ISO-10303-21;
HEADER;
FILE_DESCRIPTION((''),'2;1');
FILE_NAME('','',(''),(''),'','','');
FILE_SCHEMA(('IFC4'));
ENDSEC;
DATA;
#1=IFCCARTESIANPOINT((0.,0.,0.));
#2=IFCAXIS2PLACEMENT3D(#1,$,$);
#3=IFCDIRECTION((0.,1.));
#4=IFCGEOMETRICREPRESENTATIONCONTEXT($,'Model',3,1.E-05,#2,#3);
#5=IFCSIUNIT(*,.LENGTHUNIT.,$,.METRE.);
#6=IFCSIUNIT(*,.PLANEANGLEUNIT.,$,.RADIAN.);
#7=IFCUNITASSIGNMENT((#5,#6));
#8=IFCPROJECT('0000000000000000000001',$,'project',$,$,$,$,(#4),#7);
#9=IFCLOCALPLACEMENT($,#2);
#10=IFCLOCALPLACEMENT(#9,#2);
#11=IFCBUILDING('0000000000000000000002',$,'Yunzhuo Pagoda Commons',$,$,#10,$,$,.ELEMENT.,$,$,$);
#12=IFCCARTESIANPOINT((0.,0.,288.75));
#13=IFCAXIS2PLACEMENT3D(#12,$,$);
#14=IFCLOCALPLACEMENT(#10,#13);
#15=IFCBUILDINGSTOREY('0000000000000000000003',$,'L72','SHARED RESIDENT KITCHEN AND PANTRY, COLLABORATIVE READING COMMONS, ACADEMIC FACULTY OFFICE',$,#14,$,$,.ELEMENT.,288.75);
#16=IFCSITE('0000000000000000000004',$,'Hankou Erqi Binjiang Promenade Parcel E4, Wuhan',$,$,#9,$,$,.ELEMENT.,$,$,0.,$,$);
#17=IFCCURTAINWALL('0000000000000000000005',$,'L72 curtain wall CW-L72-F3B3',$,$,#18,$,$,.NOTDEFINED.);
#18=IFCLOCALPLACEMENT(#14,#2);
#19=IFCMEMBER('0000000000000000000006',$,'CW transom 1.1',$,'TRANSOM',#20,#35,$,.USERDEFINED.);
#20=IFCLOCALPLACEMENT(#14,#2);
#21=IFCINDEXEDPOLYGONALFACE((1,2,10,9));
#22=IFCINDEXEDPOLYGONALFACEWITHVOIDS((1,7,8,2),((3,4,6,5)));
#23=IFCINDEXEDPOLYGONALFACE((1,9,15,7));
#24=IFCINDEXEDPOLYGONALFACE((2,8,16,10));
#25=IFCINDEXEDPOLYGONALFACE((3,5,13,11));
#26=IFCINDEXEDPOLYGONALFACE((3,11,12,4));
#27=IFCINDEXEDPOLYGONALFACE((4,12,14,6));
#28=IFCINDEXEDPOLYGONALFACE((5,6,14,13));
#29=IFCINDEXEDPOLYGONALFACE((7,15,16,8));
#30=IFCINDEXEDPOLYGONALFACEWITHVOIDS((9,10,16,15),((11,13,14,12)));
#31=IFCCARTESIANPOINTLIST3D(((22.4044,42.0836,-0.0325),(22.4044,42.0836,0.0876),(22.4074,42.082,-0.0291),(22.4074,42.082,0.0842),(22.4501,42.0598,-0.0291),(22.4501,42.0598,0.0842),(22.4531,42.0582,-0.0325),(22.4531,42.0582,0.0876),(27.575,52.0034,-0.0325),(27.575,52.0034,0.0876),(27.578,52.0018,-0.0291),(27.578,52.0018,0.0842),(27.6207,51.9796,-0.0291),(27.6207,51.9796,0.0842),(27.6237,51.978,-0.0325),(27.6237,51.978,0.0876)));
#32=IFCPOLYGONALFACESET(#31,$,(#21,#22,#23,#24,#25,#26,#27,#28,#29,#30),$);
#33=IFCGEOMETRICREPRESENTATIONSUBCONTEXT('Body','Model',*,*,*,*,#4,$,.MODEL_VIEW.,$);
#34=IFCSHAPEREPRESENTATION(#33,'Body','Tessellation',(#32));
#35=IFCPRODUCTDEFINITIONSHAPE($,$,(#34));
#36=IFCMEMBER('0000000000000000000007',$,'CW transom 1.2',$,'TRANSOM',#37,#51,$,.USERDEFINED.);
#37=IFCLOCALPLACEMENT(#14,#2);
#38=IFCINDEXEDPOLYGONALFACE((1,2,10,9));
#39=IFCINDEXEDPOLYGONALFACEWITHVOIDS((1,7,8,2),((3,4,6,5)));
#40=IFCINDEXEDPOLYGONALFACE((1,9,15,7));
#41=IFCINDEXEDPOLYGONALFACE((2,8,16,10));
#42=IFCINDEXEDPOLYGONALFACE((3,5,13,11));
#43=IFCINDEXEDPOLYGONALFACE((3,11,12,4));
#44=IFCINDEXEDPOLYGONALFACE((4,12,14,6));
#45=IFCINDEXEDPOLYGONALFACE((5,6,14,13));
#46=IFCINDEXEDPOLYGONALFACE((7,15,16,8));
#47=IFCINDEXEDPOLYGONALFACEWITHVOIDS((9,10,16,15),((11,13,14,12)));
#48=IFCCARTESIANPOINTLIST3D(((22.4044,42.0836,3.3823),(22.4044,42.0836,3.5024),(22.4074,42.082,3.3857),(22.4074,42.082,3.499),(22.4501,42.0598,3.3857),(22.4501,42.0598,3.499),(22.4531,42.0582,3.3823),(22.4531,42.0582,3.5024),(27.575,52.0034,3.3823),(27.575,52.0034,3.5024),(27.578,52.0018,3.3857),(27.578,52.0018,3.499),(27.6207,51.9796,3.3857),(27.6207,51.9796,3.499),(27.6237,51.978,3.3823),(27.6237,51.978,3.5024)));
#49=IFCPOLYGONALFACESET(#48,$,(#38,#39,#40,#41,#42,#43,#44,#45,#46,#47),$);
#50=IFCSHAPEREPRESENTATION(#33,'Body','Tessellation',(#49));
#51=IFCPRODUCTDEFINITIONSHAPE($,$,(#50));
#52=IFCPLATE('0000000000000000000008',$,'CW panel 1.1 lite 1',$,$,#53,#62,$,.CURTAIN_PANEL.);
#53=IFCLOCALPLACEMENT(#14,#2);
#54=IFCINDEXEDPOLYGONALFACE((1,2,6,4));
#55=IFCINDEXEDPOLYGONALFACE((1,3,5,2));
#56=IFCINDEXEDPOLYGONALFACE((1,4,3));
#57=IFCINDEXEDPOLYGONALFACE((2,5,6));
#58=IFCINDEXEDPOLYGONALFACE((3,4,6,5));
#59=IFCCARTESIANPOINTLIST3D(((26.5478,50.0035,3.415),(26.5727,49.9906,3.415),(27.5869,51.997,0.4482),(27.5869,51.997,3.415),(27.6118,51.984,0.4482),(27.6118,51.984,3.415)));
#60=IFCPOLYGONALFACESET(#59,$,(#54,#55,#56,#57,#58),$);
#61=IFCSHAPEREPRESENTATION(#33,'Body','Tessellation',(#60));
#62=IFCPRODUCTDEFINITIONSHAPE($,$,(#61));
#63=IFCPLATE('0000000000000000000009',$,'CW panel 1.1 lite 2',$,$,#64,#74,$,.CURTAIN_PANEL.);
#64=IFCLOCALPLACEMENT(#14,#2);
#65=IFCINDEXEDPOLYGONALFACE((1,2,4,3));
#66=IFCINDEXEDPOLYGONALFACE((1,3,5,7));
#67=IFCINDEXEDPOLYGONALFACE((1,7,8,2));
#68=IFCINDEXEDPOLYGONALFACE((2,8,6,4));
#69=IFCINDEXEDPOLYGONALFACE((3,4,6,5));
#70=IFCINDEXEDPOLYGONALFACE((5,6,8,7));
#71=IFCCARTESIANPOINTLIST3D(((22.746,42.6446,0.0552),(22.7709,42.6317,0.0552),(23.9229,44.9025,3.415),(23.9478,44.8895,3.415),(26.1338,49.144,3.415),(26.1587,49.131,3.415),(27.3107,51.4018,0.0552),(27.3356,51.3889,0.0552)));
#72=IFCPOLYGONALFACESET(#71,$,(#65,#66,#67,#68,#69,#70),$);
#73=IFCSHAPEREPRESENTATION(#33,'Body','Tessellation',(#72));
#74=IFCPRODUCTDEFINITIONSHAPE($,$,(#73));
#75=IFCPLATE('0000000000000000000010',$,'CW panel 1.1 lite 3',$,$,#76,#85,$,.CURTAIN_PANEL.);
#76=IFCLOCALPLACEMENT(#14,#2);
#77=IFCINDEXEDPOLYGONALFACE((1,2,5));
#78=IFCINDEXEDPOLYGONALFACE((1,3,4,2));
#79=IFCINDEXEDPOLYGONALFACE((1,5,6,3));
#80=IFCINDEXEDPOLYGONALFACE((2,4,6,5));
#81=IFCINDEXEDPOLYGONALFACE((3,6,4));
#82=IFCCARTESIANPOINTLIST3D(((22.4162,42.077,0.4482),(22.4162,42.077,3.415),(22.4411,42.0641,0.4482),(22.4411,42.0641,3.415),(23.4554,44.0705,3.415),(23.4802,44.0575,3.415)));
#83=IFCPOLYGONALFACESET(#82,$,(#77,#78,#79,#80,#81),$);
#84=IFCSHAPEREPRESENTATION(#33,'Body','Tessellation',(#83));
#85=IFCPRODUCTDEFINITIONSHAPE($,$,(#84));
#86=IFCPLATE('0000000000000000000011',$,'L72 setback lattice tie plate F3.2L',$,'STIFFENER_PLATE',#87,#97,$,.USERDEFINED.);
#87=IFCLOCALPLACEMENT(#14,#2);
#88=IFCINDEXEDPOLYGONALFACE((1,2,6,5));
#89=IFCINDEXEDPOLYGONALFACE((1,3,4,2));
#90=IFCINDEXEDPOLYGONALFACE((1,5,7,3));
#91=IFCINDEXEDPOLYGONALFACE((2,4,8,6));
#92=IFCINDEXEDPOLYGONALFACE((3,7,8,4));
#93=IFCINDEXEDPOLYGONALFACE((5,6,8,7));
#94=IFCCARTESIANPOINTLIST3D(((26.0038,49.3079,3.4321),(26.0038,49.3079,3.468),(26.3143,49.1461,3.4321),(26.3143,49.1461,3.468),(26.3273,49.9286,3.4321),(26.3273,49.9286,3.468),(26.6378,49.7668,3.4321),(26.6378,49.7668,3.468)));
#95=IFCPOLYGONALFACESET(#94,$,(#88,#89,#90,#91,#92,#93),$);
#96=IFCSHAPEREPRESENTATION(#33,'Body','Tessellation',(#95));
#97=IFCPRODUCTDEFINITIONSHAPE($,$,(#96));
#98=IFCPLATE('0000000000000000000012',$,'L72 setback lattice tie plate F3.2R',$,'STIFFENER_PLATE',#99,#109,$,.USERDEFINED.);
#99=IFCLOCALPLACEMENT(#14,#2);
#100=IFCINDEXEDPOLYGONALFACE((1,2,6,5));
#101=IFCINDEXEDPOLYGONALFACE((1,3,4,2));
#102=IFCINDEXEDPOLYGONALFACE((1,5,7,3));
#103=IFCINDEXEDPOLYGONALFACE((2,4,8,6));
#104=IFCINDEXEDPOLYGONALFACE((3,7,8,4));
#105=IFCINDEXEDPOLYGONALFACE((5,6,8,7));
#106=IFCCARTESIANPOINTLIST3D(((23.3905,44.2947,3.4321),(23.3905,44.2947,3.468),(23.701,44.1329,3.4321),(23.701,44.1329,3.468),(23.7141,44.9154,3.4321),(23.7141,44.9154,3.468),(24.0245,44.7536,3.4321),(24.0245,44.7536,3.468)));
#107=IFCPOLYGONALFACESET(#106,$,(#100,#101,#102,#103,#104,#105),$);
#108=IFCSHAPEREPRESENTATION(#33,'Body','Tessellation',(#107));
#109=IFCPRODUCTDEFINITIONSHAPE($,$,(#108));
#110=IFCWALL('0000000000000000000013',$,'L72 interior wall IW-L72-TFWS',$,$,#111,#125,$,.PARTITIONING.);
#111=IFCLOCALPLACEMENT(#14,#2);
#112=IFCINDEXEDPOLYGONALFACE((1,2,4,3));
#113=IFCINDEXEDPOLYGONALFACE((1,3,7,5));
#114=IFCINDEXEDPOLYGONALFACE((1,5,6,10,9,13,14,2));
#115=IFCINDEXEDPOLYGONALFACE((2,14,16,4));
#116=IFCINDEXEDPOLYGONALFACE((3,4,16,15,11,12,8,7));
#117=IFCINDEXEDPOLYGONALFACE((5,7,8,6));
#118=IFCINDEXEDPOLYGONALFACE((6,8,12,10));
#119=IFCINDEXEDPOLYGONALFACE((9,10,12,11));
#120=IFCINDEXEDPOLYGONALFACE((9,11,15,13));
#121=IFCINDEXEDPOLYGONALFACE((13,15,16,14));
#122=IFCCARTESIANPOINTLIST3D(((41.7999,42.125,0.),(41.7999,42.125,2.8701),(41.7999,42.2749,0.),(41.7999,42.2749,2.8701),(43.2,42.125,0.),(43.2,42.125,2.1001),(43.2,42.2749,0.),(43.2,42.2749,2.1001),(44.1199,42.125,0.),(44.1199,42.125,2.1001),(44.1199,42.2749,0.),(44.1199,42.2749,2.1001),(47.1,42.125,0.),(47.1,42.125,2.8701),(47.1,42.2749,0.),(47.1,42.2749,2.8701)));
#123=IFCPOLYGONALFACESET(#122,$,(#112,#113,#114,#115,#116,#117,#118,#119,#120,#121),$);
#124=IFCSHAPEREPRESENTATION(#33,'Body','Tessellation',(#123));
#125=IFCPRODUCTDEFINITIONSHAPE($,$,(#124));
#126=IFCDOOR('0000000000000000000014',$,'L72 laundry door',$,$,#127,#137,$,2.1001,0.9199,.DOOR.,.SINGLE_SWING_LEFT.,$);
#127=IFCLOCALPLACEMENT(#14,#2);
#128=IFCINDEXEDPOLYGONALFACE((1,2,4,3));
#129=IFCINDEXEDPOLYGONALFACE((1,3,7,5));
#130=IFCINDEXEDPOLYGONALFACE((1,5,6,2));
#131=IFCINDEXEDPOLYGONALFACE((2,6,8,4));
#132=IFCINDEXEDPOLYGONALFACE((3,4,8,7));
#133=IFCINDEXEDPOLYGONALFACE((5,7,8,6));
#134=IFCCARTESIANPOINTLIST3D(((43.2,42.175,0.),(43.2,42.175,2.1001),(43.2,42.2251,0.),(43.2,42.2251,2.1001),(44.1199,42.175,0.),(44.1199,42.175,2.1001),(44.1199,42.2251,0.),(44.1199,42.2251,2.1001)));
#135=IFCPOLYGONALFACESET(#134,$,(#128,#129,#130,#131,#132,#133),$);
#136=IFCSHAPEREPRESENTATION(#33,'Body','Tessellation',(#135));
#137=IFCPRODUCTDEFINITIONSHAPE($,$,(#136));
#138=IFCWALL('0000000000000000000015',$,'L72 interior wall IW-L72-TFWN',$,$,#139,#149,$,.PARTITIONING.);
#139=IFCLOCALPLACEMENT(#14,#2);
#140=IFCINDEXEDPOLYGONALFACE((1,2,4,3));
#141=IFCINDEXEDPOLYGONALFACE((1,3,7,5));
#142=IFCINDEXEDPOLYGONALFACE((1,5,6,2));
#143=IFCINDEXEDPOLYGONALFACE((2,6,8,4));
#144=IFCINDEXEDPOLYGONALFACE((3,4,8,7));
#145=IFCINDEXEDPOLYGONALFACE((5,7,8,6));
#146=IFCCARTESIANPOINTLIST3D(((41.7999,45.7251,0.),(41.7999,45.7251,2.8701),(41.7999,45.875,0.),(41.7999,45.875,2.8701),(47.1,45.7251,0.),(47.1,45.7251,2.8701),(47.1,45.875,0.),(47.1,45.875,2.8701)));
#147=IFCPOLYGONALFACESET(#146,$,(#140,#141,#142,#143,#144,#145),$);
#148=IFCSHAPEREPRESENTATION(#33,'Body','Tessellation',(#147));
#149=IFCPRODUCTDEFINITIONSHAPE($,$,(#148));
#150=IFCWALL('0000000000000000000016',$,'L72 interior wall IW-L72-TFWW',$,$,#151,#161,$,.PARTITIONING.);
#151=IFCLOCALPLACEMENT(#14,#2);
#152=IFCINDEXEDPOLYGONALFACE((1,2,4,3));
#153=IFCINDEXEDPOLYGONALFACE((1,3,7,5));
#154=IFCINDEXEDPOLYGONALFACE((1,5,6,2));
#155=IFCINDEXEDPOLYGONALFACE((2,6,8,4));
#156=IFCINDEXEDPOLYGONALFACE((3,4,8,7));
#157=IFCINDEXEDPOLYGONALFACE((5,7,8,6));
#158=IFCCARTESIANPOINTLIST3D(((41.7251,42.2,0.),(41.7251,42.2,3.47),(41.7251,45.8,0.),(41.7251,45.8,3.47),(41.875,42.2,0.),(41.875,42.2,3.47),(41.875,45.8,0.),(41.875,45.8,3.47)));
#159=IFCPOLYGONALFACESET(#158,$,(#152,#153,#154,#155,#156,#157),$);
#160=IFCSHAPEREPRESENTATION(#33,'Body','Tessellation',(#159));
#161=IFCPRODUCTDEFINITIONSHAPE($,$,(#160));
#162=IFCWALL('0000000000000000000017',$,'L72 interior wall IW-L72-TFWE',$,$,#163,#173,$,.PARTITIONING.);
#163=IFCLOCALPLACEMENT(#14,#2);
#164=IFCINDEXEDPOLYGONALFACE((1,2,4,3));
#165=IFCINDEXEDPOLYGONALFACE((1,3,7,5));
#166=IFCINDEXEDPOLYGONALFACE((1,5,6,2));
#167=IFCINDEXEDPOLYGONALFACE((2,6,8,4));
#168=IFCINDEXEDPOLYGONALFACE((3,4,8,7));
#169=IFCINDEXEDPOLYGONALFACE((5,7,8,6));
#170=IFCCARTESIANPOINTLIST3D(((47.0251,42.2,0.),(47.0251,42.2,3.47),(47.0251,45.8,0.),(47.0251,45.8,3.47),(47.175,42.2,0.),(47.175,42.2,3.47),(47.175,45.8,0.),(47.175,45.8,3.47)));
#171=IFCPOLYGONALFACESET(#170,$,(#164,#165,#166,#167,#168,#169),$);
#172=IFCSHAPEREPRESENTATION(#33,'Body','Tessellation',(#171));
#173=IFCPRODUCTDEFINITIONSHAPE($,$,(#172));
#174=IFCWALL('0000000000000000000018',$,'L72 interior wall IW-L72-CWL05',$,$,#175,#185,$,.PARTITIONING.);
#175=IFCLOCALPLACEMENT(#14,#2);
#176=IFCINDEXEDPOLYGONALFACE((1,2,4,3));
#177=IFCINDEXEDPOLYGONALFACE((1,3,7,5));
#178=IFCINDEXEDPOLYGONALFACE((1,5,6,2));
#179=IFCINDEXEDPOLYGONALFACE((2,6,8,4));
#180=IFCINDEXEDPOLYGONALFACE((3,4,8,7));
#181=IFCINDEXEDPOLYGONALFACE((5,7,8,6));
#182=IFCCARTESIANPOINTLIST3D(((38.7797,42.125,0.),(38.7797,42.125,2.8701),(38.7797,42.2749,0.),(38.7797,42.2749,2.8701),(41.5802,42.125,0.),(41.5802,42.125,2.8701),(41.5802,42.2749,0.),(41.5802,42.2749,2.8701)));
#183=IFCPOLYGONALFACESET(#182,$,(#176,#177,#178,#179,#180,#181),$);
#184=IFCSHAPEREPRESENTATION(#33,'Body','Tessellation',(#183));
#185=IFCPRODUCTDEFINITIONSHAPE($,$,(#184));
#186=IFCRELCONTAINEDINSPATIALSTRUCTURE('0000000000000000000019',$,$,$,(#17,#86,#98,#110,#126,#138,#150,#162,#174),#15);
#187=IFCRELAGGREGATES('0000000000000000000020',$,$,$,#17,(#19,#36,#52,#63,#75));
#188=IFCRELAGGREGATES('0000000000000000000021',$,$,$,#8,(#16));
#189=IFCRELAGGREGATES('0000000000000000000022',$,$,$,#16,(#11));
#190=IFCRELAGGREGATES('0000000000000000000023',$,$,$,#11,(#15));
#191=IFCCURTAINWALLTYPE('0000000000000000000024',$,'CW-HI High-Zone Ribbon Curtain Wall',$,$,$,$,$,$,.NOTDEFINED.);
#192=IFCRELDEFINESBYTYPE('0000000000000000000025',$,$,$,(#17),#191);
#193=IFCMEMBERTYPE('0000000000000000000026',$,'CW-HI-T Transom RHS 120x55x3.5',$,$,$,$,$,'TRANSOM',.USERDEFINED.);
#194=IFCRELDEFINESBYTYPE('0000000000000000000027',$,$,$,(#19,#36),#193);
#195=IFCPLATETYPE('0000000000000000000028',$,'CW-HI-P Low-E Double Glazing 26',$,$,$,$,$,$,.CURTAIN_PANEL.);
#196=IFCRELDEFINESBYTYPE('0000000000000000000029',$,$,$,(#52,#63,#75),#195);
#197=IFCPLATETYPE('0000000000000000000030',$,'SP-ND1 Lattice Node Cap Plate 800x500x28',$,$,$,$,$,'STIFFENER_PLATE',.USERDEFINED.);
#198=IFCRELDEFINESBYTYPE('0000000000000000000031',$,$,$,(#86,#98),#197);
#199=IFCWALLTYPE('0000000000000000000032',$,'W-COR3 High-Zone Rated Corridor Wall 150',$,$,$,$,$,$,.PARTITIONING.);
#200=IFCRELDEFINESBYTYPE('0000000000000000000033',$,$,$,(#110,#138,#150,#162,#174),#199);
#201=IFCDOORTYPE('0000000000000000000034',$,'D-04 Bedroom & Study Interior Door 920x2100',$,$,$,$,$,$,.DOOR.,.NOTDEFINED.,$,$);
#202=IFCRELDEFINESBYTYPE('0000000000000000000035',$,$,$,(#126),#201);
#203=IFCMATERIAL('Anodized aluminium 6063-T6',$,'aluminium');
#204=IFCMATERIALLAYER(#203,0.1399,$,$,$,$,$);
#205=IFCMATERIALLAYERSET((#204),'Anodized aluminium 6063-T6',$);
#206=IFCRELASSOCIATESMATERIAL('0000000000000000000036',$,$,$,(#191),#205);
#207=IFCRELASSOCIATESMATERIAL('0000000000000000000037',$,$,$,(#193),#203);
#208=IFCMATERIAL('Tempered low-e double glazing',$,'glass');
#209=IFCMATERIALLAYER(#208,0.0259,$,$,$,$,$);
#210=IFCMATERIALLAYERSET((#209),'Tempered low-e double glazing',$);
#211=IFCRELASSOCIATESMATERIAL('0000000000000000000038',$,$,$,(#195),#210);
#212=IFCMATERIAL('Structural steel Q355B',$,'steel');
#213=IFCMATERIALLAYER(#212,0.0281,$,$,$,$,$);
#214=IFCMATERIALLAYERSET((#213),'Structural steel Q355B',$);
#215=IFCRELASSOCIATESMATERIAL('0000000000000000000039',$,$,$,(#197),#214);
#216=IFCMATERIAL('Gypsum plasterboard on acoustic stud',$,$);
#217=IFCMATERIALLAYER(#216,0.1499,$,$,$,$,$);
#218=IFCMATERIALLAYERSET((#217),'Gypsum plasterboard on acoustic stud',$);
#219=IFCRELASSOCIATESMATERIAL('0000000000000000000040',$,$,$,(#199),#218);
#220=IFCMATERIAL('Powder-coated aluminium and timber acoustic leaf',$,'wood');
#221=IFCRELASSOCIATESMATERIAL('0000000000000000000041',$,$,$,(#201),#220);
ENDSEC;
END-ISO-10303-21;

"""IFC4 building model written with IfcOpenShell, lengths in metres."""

from ifc_helpers import new_model, si_unit, direction, frame, frame_2d, origin, origin_2d, place, context, subcontext, project, spatial, polyline, rectangle, hollow_rectangle, outline, extrude, source, transform, mapped, material, layer, layer_set, material_profile, profile_set, type_object, element, fill, aggregate, save


model = new_model("IFC4")

# Units and contexts
model_context = context("Model", 3, precision=1e-05, world=origin(), true_north=direction((0.0, 1.0)))
body_context = subcontext(model_context, "Body", "Model", "MODEL_VIEW")
ifc_project = project(units=[si_unit("LENGTHUNIT", "METRE"), si_unit("PLANEANGLEUNIT", "RADIAN")], contexts=[model_context])

# Site, building, storey
site_placement = place(None, origin())
site = spatial("IfcSite", under=ifc_project, at=site_placement, Name="Hankou Erqi Binjiang Promenade Parcel E4, Wuhan", CompositionType="ELEMENT", RefElevation=0.0)
building_placement = place(site_placement, origin())
building = spatial("IfcBuilding", under=site, at=building_placement, Name="Yunzhuo Pagoda Commons", CompositionType="ELEMENT")
storey_placement = place(building_placement, frame((0.0, 0.0, 288.75)))
storey = spatial("IfcBuildingStorey", under=building, at=storey_placement, Name="L72", Description="SHARED RESIDENT KITCHEN AND PANTRY, COLLABORATIVE READING COMMONS, ACADEMIC FACULTY OFFICE", CompositionType="ELEMENT", Elevation=288.75)

# Shared definitions
ifc_material_1 = material(Name="Structural steel Q355B", Category="steel")

# Curtain wall, members, plates
ifc_material_2 = material(Name="Anodized aluminium 6063-T6", Category="aluminium")
ifc_layer_1 = layer(ifc_material_2, 0.1399)
ifc_layer_set_1 = layer_set([ifc_layer_1], Name="Anodized aluminium 6063-T6")
curtain_wall_type = type_object("IfcCurtainWallType", Name="CW-HI High-Zone Ribbon Curtain Wall", PredefinedType="NOTDEFINED", material=ifc_layer_set_1)
curtain_wall_placement = place(storey_placement, origin())
curtain_wall = element("IfcCurtainWall", 1, at=curtain_wall_placement, inside=storey, type_object=curtain_wall_type, Name="L72 curtain wall CW-L72-F3B3", PredefinedType="NOTDEFINED")
ifc_material_profile_1 = material_profile(ifc_material_2, hollow_rectangle(XDim=0.0549, YDim=0.1201, WallThickness=0.0034, at=origin_2d()), Name="Anodized aluminium 6063-T6")
ifc_profile_set_1 = profile_set([ifc_material_profile_1], Name="Anodized aluminium 6063-T6")
member_type_1 = type_object("IfcMemberType", Name="CW-HI-T Transom RHS 120x55x3.5", ElementType="TRANSOM", PredefinedType="USERDEFINED", material=ifc_profile_set_1)
shared_shape_1 = source(origin(), body_context, "Body", "SweptSolid", [
    extrude(hollow_rectangle(XDim=0.0549, YDim=0.1201, WallThickness=0.0034, at=origin_2d()), origin(), (0.0, 0.0, 1.0), 11.1865),
])
member_1_placement = place(storey_placement, frame((27.5994, 51.9907, 0.0276), z_axis=(-0.462218, -0.886767, 0.0), x_axis=(0.886767, -0.462218, 0.0)))
member_1 = element("IfcMember", 2, at=member_1_placement, type_object=member_type_1, Name="CW transom 1.1", ObjectType="TRANSOM", PredefinedType="USERDEFINED", context=body_context, shape_type="MappedRepresentation", body=[
    mapped(shared_shape_1, transform((0.0, 0.0, 0.0), scale=1.0)),
])
member_2_placement = place(storey_placement, frame((27.5994, 51.9907, 3.4424), z_axis=(-0.462218, -0.886767, 0.0), x_axis=(0.886767, -0.462218, 0.0)))
member_2 = element("IfcMember", 3, at=member_2_placement, type_object=member_type_1, Name="CW transom 1.2", ObjectType="TRANSOM", PredefinedType="USERDEFINED", context=body_context, shape_type="MappedRepresentation", body=[
    mapped(shared_shape_1, transform((0.0, 0.0, 0.0), scale=1.0)),
])
ifc_material_3 = material(Name="Tempered low-e double glazing", Category="glass")
ifc_layer_2 = layer(ifc_material_3, 0.0259)
ifc_layer_set_2 = layer_set([ifc_layer_2], Name="Tempered low-e double glazing")
plate_type_1 = type_object("IfcPlateType", Name="CW-HI-P Low-E Double Glazing 26", PredefinedType="CURTAIN_PANEL", material=ifc_layer_set_2)
plate_1_placement = place(storey_placement, frame((27.0923, 50.9873, 1.9316), z_axis=(-0.886761, 0.462228, 0.0), x_axis=(-0.462228, -0.886761, 0.0)))
plate_1 = element("IfcPlate", 4, at=plate_1_placement, type_object=plate_type_1, Name="CW panel 1.1 lite 1", PredefinedType="CURTAIN_PANEL", context=body_context, shape_type="SweptSolid", body=[
    extrude(outline(polyline([(-1.124, -1.4834), (1.124, 1.4834), (-1.124, 1.4834), (-1.124, -1.4834)])), origin(), (0.0, 0.0, 1.0), 0.0281),
])
plate_2_placement = place(storey_placement, frame((25.0532, 47.0103, 1.7351), z_axis=(-0.886761, 0.462228, 0.0), x_axis=(-0.462228, -0.886761, 0.0)))
plate_2 = element("IfcPlate", 5, at=plate_2_placement, type_object=plate_type_1, Name="CW panel 1.1 lite 2", PredefinedType="CURTAIN_PANEL", context=body_context, shape_type="SweptSolid", body=[
    extrude(outline(polyline([(-4.9377, -1.6799), (4.9377, -1.6799), (2.3916, 1.6799), (-2.3916, 1.6799), (-4.9377, -1.6799)])), origin(), (0.0, 0.0, 1.0), 0.0281),
])
plate_3_placement = place(storey_placement, frame((22.9607, 43.0608, 1.9316), z_axis=(-0.886761, 0.462228, 0.0), x_axis=(-0.462228, -0.886761, 0.0)))
plate_3 = element("IfcPlate", 6, at=plate_3_placement, type_object=plate_type_1, Name="CW panel 1.1 lite 3", PredefinedType="CURTAIN_PANEL", context=body_context, shape_type="SweptSolid", body=[
    extrude(outline(polyline([(-1.124, 1.4834), (1.124, -1.4834), (1.124, 1.4834), (-1.124, 1.4834)])), origin(), (0.0, 0.0, 1.0), 0.0281),
])
aggregate(curtain_wall, [member_1, member_2, plate_1, plate_2, plate_3])

# Plates
ifc_layer_3 = layer(ifc_material_1, 0.0281)
ifc_layer_set_3 = layer_set([ifc_layer_3], Name="Structural steel Q355B")
plate_type_2 = type_object("IfcPlateType", Name="SP-ND1 Lattice Node Cap Plate 800x500x28", ElementType="STIFFENER_PLATE", PredefinedType="USERDEFINED", material=ifc_layer_set_3)
shared_shape_2 = source(origin(), body_context, "Body", "SweptSolid", [
    extrude(rectangle(XDim=0.7, YDim=0.3501, at=origin_2d()), origin(), (0.0, 0.0, 1.0), 0.0359),
])
for number, where, z_axis, x_axis, name in (
    (7, (26.3208, 49.5374, 3.4321), (0.0, 0.0, 1.0), (-0.462228, -0.886761, 0.0), "L72 setback lattice tie plate F3.2L"),
    (8, (23.7075, 44.5242, 3.4321), (0.0, 0.0, 1.0), (-0.462228, -0.886761, 0.0), "L72 setback lattice tie plate F3.2R"),
):
    element("IfcPlate", number, at=place(storey_placement, frame(where, z_axis=z_axis, x_axis=x_axis)), inside=storey, type_object=plate_type_2, Name=name, ObjectType="STIFFENER_PLATE", PredefinedType="USERDEFINED", context=body_context, shape_type="MappedRepresentation", body=[
        mapped(shared_shape_2, transform((0.0, 0.0, 0.0), scale=1.0)),
    ])

# Wall, opening, door
ifc_material_4 = material(Name="Gypsum plasterboard on acoustic stud")
ifc_layer_4 = layer(ifc_material_4, 0.1499)
ifc_layer_set_4 = layer_set([ifc_layer_4], Name="Gypsum plasterboard on acoustic stud")
wall_type_1 = type_object("IfcWallType", Name="W-COR3 High-Zone Rated Corridor Wall 150", PredefinedType="PARTITIONING", material=ifc_layer_set_4)
wall_1_placement = place(storey_placement, frame((41.8, 42.2, 0.0), z_axis=(0.0, 0.0, 1.0), x_axis=(1.0, 0.0, 0.0)))
wall_1 = element("IfcWall", 9, at=wall_1_placement, inside=storey, type_object=wall_type_1, Name="L72 interior wall IW-L72-TFWS", PredefinedType="PARTITIONING", context=body_context, shape_type="SweptSolid", body=[
    extrude(rectangle(XDim=5.3, YDim=0.1499, at=frame_2d((2.6499, 0.0))), origin(), (0.0, 0.0, 1.0), 2.8701),
])
opening_1_placement = place(wall_1_placement, frame((1.3999, 0.0, 0.0)))
opening_1 = element("IfcOpeningElement", 10, at=opening_1_placement, cuts=wall_1, PredefinedType="OPENING", context=body_context, shape_type="SweptSolid", body=[
    extrude(rectangle(XDim=0.9199, YDim=2.1001, at=frame_2d((0.46, 1.05))), frame((0.0, 0.085, 0.0), z_axis=(0.0, -1.0, 0.0), x_axis=(1.0, 0.0, 0.0)), (0.0, 0.0, 1.0), 0.1699),
])
ifc_material_5 = material(Name="Powder-coated aluminium and timber acoustic leaf", Category="wood")
door_type_1 = type_object("IfcDoorType", Name="D-04 Bedroom & Study Interior Door 920x2100", OperationType="NOTDEFINED", PredefinedType="DOOR", material=ifc_material_5)
shared_shape_3 = source(origin(), body_context, "Body", "SweptSolid", [
    extrude(rectangle(XDim=0.9199, YDim=2.1001, at=frame_2d((0.46, 1.05))), frame((0.0, 0.0249, 0.0), z_axis=(0.0, -1.0, 0.0), x_axis=(1.0, 0.0, 0.0)), (0.0, 0.0, 1.0), 0.05),
])
door_1_placement = place(opening_1_placement, frame((0.9199, 0.0, 0.0), z_axis=(0.0, 0.0, 1.0), x_axis=(-1.0, 0.0, 0.0)))
door_1 = element("IfcDoor", 11, at=door_1_placement, inside=storey, type_object=door_type_1, Name="L72 laundry door", OperationType="SINGLE_SWING_LEFT", OverallHeight=2.1001, OverallWidth=0.9199, PredefinedType="DOOR", context=body_context, shape_type="MappedRepresentation", body=[
    mapped(shared_shape_3, transform((0.0, 0.0, 0.0), scale=1.0)),
])
fill(opening_1, door_1)

# Walls
wall_2_placement = place(storey_placement, frame((41.8, 45.8, 0.0), z_axis=(0.0, 0.0, 1.0), x_axis=(1.0, 0.0, 0.0)))
element("IfcWall", 12, at=wall_2_placement, inside=storey, type_object=wall_type_1, Name="L72 interior wall IW-L72-TFWN", PredefinedType="PARTITIONING", context=body_context, shape_type="SweptSolid", body=[
    extrude(rectangle(XDim=5.3, YDim=0.1499, at=frame_2d((2.6499, 0.0))), origin(), (0.0, 0.0, 1.0), 2.8701),
])
for number, where, z_axis, x_axis, name in (
    (13, (41.8, 42.2, 0.0), (0.0, 0.0, 1.0), (0.0, 1.0, 0.0), "L72 interior wall IW-L72-TFWW"),
    (14, (47.1001, 42.2, 0.0), (0.0, 0.0, 1.0), (0.0, 1.0, 0.0), "L72 interior wall IW-L72-TFWE"),
):
    element("IfcWall", number, at=place(storey_placement, frame(where, z_axis=z_axis, x_axis=x_axis)), inside=storey, type_object=wall_type_1, Name=name, PredefinedType="PARTITIONING", context=body_context, shape_type="SweptSolid", body=[
        extrude(rectangle(XDim=3.6001, YDim=0.1499, at=frame_2d((1.8, 0.0))), origin(), (0.0, 0.0, 1.0), 3.47),
    ])
wall_3_placement = place(storey_placement, frame((38.7795, 42.2, 0.0), z_axis=(0.0, 0.0, 1.0), x_axis=(1.0, 0.0, 0.0)))
element("IfcWall", 15, at=wall_3_placement, inside=storey, type_object=wall_type_1, Name="L72 interior wall IW-L72-CWL05", PredefinedType="PARTITIONING", context=body_context, shape_type="SweptSolid", body=[
    extrude(rectangle(XDim=2.8005, YDim=0.1499, at=frame_2d((1.4004, 0.0))), origin(), (0.0, 0.0, 1.0), 2.8701),
])

save(model, "model.ifc")
